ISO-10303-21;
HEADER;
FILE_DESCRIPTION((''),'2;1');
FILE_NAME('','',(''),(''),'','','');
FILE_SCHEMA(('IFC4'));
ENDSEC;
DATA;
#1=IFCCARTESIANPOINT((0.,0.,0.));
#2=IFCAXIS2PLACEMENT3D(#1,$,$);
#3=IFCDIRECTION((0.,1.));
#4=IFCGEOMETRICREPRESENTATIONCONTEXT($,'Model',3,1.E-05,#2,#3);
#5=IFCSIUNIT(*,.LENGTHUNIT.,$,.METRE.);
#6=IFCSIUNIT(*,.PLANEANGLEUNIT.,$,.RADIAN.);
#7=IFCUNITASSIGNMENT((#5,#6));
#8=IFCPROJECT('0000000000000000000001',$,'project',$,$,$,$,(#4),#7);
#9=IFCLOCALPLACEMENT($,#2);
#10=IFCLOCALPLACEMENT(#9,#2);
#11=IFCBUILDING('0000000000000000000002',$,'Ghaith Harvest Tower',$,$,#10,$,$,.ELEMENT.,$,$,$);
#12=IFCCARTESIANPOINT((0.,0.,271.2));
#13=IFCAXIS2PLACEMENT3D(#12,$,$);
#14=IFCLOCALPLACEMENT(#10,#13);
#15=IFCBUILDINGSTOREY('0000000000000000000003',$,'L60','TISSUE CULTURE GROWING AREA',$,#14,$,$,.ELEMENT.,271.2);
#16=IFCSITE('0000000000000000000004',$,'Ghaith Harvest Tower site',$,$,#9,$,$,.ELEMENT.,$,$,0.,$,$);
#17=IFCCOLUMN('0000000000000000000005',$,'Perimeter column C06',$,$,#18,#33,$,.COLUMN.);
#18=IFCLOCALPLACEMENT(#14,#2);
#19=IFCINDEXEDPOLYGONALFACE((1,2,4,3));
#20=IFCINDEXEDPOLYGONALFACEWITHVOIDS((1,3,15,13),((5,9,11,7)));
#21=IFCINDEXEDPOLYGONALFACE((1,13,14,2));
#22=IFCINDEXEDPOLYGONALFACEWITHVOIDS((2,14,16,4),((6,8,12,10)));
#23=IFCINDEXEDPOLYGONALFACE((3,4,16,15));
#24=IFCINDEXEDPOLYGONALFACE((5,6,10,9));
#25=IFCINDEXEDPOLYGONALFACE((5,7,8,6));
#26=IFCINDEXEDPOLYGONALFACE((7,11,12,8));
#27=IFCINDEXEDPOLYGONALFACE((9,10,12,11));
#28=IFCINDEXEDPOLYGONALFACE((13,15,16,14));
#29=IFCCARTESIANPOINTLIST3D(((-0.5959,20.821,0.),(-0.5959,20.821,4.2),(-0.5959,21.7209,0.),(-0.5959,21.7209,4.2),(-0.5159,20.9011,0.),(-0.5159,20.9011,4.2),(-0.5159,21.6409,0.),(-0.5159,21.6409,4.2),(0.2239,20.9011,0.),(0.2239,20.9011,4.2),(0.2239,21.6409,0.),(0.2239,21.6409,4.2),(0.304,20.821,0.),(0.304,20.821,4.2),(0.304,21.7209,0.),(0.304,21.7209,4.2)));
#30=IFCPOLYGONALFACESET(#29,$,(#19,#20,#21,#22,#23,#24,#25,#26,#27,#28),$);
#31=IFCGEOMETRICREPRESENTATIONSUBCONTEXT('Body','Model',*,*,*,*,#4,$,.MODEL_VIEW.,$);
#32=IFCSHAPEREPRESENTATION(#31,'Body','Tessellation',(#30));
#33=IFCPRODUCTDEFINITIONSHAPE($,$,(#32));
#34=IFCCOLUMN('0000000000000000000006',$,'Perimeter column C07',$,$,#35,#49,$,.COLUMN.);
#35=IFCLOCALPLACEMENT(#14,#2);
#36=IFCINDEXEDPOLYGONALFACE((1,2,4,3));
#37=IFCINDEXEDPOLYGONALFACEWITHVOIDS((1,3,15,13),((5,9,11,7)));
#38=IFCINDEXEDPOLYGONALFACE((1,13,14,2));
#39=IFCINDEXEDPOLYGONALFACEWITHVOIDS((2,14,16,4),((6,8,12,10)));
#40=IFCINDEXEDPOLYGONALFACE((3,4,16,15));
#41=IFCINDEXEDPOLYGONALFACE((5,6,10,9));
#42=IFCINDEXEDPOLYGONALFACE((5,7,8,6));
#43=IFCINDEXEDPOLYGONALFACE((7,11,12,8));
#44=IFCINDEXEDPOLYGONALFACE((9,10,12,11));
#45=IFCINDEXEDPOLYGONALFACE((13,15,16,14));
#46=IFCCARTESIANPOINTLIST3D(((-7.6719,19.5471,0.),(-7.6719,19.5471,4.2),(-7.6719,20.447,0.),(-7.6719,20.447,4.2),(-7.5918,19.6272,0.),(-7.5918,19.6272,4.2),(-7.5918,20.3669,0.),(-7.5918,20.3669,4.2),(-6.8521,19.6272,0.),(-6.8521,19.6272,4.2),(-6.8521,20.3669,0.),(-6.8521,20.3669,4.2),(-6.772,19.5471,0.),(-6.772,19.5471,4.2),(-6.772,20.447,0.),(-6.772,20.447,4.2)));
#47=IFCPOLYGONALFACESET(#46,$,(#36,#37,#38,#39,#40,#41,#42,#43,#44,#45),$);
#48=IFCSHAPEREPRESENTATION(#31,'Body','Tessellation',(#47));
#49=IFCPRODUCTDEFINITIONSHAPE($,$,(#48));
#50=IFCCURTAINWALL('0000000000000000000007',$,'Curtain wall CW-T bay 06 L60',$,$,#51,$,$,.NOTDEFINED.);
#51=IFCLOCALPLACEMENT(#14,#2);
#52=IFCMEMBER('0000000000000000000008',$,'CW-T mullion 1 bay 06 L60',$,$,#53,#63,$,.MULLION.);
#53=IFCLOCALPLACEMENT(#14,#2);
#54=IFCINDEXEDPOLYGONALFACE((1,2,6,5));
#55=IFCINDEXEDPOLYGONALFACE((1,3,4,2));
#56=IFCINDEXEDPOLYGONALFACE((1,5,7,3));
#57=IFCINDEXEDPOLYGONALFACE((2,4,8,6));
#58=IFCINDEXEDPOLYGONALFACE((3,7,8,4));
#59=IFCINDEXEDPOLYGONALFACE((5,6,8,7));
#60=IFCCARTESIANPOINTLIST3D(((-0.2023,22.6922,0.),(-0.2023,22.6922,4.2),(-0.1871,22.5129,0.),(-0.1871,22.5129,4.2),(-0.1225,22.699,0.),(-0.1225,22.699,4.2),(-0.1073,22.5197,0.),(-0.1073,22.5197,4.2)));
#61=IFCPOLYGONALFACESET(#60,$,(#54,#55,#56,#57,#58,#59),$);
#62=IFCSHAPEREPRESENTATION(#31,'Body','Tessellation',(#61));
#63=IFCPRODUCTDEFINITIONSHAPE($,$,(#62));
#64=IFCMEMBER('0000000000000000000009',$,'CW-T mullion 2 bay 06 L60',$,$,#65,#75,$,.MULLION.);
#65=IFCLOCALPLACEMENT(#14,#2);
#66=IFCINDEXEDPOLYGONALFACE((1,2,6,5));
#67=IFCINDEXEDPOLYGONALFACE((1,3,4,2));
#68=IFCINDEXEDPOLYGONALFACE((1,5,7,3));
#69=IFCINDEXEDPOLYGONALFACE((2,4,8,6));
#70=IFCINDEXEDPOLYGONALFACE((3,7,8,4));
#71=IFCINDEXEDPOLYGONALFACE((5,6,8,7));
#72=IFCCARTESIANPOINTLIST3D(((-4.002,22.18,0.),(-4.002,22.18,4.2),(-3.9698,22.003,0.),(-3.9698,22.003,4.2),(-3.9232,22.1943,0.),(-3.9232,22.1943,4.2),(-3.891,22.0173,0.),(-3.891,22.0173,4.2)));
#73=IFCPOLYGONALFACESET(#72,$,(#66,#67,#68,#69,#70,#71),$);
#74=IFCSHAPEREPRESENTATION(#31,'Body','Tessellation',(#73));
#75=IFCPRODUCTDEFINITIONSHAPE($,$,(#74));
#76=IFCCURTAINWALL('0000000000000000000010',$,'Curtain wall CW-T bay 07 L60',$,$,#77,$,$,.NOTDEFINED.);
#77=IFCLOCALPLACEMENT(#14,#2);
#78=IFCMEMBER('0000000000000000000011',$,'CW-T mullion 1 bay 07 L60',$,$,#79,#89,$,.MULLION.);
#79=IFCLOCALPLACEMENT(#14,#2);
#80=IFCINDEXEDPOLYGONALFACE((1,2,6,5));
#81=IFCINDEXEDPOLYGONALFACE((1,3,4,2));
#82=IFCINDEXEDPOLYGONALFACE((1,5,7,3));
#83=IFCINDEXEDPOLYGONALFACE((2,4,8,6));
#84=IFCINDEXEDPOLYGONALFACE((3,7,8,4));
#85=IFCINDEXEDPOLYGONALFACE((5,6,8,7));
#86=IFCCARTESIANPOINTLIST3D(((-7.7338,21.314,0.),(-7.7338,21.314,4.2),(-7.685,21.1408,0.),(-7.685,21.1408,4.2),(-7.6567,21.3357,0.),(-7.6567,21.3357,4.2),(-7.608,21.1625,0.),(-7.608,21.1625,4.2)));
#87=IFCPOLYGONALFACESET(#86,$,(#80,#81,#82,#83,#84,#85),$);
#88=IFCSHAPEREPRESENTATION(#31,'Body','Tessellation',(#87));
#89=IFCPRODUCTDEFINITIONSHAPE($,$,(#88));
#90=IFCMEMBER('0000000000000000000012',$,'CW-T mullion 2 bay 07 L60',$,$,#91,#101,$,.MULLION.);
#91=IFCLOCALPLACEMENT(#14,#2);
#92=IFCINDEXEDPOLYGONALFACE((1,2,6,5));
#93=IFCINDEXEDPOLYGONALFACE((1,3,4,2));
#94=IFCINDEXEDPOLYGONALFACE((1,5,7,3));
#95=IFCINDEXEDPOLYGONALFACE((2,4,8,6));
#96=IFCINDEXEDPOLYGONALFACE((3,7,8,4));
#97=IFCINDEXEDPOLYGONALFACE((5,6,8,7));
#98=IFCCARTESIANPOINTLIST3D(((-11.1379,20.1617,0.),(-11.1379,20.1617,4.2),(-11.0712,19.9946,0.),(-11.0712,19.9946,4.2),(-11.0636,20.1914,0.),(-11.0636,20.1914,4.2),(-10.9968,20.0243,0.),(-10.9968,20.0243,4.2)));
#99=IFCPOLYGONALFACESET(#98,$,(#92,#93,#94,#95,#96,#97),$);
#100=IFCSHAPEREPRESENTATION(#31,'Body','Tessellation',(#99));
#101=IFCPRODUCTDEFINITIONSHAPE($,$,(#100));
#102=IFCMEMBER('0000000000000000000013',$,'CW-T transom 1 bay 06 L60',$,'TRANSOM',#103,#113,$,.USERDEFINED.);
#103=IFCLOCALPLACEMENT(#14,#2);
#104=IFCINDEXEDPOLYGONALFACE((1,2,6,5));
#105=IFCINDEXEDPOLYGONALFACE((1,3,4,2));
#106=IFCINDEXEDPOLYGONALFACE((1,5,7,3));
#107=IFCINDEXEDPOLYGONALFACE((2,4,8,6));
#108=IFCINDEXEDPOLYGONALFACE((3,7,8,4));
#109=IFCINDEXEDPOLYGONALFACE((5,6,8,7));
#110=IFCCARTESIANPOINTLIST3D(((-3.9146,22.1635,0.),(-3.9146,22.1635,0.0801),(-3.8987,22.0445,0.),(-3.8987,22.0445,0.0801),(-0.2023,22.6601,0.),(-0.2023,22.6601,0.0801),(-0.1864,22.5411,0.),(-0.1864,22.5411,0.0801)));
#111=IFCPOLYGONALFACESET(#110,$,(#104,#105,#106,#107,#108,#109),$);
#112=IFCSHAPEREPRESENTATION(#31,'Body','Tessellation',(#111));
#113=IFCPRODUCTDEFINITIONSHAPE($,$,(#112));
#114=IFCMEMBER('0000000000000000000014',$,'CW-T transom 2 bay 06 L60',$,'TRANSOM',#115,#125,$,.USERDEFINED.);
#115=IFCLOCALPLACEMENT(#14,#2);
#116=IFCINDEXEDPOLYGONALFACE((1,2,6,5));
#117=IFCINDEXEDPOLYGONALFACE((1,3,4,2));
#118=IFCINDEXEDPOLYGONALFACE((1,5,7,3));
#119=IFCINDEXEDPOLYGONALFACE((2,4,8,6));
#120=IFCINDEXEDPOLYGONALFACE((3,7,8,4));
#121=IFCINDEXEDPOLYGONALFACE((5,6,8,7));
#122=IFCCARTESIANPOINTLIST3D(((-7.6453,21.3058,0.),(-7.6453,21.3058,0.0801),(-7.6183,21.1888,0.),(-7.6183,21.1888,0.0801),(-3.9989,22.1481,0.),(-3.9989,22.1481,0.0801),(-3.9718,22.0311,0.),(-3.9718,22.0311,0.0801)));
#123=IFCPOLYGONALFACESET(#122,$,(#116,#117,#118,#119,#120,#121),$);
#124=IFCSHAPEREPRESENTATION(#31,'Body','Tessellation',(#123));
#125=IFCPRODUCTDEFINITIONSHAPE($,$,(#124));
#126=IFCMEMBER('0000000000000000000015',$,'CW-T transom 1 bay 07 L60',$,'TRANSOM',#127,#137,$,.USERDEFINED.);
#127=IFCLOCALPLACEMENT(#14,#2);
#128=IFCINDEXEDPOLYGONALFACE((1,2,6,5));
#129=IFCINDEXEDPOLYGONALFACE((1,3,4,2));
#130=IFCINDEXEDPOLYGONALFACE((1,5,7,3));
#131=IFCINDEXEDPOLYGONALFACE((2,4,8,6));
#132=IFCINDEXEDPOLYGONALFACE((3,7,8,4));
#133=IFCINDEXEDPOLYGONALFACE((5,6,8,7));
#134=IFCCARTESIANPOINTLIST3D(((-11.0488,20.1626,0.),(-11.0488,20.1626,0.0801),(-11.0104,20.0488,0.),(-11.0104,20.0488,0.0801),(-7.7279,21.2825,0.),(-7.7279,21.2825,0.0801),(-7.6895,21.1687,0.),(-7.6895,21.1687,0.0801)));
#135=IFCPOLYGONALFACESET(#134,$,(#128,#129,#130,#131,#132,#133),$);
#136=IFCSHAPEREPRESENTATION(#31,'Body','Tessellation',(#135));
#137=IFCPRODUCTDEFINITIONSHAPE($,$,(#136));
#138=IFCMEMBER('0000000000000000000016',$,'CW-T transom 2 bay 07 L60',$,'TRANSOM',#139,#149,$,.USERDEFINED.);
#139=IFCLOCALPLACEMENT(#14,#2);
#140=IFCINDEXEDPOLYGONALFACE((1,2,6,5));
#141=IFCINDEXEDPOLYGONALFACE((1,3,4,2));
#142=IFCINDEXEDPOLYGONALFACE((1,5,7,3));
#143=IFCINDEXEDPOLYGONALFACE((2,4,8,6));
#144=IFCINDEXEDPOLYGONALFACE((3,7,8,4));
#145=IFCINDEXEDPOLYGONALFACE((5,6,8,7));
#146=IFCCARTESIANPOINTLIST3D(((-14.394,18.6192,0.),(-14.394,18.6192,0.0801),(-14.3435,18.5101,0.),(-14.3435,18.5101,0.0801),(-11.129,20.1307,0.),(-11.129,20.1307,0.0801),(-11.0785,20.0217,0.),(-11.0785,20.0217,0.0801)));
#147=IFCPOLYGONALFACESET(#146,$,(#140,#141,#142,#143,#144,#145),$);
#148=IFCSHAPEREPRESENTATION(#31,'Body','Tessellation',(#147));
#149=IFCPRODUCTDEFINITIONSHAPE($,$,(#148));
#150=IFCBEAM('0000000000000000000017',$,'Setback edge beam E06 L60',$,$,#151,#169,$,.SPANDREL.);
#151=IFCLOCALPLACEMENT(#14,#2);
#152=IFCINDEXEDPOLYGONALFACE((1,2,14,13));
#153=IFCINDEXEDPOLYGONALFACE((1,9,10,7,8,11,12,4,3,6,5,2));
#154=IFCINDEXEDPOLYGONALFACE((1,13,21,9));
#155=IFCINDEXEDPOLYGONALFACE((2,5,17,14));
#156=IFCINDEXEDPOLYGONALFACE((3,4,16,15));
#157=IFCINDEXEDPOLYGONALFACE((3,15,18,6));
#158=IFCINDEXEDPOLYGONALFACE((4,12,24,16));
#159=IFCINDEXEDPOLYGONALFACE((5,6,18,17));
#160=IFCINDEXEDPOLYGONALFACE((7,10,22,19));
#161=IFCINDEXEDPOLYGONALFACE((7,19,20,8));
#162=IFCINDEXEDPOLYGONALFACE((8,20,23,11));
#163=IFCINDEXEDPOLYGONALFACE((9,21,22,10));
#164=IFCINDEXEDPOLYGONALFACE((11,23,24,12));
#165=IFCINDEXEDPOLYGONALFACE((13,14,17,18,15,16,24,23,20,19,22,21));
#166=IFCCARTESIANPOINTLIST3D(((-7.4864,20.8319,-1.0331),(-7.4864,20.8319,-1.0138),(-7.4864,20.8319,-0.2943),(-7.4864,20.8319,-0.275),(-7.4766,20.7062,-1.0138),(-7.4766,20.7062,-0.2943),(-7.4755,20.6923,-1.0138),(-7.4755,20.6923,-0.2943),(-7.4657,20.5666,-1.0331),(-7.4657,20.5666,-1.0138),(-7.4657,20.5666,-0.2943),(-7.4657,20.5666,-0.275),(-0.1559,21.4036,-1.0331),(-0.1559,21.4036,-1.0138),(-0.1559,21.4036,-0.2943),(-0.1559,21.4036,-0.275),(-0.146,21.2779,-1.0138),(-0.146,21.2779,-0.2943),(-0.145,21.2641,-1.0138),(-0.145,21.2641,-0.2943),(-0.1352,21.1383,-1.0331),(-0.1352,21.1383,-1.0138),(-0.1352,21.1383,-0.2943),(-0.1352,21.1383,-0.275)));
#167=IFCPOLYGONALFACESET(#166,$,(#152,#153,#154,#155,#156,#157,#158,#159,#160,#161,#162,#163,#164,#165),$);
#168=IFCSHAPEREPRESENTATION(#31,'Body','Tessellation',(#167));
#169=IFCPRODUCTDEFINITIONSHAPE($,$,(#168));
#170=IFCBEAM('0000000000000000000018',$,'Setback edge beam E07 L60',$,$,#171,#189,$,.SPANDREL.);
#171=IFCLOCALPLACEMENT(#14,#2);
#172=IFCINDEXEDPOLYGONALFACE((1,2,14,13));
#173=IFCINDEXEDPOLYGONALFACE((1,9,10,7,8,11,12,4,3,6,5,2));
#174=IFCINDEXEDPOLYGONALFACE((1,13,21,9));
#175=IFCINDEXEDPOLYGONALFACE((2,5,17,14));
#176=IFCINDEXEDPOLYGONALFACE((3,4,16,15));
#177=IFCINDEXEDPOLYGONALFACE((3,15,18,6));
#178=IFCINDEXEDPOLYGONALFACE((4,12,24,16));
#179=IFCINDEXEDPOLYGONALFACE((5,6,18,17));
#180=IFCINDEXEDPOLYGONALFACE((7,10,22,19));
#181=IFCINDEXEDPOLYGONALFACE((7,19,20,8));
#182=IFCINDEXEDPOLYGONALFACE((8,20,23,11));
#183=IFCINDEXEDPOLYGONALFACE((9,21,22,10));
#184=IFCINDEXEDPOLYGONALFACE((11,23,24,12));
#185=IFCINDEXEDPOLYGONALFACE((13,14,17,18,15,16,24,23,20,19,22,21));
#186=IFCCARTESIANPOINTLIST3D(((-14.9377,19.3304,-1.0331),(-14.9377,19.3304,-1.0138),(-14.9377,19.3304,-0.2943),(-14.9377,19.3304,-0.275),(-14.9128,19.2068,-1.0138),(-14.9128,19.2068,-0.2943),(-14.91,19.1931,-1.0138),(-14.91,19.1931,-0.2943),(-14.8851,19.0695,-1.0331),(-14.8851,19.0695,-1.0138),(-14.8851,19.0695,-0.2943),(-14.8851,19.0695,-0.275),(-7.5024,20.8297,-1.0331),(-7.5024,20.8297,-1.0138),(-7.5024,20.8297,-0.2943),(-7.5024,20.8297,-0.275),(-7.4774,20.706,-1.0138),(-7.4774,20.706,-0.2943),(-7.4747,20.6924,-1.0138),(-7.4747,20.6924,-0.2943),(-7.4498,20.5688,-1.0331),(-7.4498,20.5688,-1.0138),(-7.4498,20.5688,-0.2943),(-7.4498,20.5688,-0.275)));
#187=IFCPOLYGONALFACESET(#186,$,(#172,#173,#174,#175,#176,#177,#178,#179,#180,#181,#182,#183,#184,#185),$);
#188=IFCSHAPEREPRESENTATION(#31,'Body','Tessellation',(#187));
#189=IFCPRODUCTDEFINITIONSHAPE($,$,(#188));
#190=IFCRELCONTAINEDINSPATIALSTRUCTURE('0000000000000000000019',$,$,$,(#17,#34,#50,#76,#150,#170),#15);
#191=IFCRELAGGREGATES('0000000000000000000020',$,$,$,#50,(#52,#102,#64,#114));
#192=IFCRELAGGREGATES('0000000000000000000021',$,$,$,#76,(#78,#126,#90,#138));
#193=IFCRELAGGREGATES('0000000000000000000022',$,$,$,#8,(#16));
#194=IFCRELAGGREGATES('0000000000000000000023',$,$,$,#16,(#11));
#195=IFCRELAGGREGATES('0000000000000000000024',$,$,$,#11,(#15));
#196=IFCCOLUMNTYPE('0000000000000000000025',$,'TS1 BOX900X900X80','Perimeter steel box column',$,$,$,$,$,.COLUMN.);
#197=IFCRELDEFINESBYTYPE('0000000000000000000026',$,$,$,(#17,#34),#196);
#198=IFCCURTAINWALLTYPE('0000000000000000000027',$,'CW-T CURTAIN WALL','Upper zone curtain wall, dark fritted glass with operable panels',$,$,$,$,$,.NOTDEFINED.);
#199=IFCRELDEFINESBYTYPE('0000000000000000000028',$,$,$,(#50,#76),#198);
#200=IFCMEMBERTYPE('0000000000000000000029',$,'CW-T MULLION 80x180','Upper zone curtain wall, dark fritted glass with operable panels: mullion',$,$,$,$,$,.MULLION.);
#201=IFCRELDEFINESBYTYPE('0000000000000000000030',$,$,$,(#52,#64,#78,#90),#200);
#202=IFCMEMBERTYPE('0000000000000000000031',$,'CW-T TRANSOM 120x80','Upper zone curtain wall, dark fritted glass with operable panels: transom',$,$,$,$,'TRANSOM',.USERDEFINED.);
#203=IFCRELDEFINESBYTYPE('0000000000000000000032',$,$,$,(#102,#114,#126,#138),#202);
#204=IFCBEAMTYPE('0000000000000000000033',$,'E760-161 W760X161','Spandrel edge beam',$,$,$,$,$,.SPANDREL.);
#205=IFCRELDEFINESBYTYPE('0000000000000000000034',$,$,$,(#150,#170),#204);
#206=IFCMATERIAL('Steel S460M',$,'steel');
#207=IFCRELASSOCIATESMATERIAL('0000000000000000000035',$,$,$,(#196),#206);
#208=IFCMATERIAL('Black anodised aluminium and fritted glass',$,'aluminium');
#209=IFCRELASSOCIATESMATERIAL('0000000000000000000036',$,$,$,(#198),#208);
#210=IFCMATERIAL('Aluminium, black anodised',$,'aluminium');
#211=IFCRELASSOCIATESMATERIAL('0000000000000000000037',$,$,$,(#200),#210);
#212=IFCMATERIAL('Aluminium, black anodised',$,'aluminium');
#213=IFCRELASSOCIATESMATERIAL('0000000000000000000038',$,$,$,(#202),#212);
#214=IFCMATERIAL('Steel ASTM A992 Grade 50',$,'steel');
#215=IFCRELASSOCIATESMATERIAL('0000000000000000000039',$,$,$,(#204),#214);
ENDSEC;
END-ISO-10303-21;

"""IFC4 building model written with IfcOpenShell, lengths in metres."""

from ifc_helpers import new_model, si_unit, direction, frame, origin, origin_2d, place, context, subcontext, project, spatial, rectangle, hollow_rectangle, i_section, extrude, material, material_profile, profile_set, type_object, element, aggregate, save


model = new_model("IFC4")

# Units and contexts
model_context = context("Model", 3, precision=1e-05, world=origin(), true_north=direction((0.0, 1.0)))
body_context = subcontext(model_context, "Body", "Model", "MODEL_VIEW")
ifc_project = project(units=[si_unit("LENGTHUNIT", "METRE"), si_unit("PLANEANGLEUNIT", "RADIAN")], contexts=[model_context])

# Site, building, storey
site_placement = place(None, origin())
site = spatial("IfcSite", under=ifc_project, at=site_placement, Name="Ghaith Harvest Tower site", CompositionType="ELEMENT", RefElevation=0.0)
building_placement = place(site_placement, origin())
building = spatial("IfcBuilding", under=site, at=building_placement, Name="Ghaith Harvest Tower", CompositionType="ELEMENT")
storey_placement = place(building_placement, frame((0.0, 0.0, 271.2)))
storey = spatial("IfcBuildingStorey", under=building, at=storey_placement, Name="L60", Description="TISSUE CULTURE GROWING AREA", CompositionType="ELEMENT", Elevation=271.2)

# Columns
ifc_material_1 = material(Name="Steel S460M", Category="steel")
ifc_material_profile_1 = material_profile(ifc_material_1, hollow_rectangle(XDim=0.8999, YDim=0.8999, WallThickness=0.0801, at=origin_2d()), Name="BOX900X900X80")
ifc_profile_set_1 = profile_set([ifc_material_profile_1], Name="Steel S460M")
column_type = type_object("IfcColumnType", Name="TS1 BOX900X900X80", Description="Perimeter steel box column", PredefinedType="COLUMN", material=ifc_profile_set_1)
for number, where, z_axis, x_axis, name in (
    (1, (-0.146, 21.271, 0.0), (0.0, 0.0, 1.0), (1.0, 0.0, 0.0), "Perimeter column C06"),
    (2, (-7.2219, 19.9971, 0.0), (0.0, 0.0, 1.0), (1.0, 0.0, 0.0), "Perimeter column C07"),
):
    element("IfcColumn", number, at=place(storey_placement, frame(where, z_axis=z_axis, x_axis=x_axis)), inside=storey, type_object=column_type, Name=name, PredefinedType="COLUMN", context=body_context, shape_type="SweptSolid", body=[
        extrude(hollow_rectangle(XDim=0.8999, YDim=0.8999, WallThickness=0.0801, at=origin_2d()), origin(), (0.0, 0.0, 1.0), 4.2),
    ])

# Curtain walls, members
ifc_material_2 = material(Name="Black anodised aluminium and fritted glass", Category="aluminium")
curtain_wall_type = type_object("IfcCurtainWallType", Name="CW-T CURTAIN WALL", Description="Upper zone curtain wall, dark fritted glass with operable panels", PredefinedType="NOTDEFINED", material=ifc_material_2)
curtain_wall_1_placement = place(storey_placement, origin())
curtain_wall_1 = element("IfcCurtainWall", 3, at=curtain_wall_1_placement, inside=storey, type_object=curtain_wall_type, Name="Curtain wall CW-T bay 06 L60", PredefinedType="NOTDEFINED")
ifc_material_3 = material(Name="Aluminium, black anodised", Category="aluminium")
ifc_material_profile_2 = material_profile(ifc_material_3, rectangle(XDim=0.0801, YDim=0.1799, at=origin_2d()), Name="CW-T MULLION 80x180")
ifc_profile_set_2 = profile_set([ifc_material_profile_2], Name="Aluminium, black anodised")
member_type_1 = type_object("IfcMemberType", Name="CW-T MULLION 80x180", Description="Upper zone curtain wall, dark fritted glass with operable panels: mullion", PredefinedType="MULLION", material=ifc_profile_set_2)
member_1_placement = place(storey_placement, frame((-0.1548, 22.606, 0.0), z_axis=(0.0, 0.0, 1.0), x_axis=(-0.996415, -0.084602, 0.0)))
member_1 = element("IfcMember", 4, at=member_1_placement, type_object=member_type_1, Name="CW-T mullion 1 bay 06 L60", PredefinedType="MULLION", context=body_context, shape_type="SweptSolid", body=[
    extrude(rectangle(XDim=0.0801, YDim=0.1799, at=origin_2d()), origin(), (0.0, 0.0, 1.0), 4.2),
])
member_2_placement = place(storey_placement, frame((-3.9465, 22.0986, 0.0), z_axis=(0.0, 0.0, 1.0), x_axis=(-0.983843, -0.179031, 0.0)))
member_2 = element("IfcMember", 5, at=member_2_placement, type_object=member_type_1, Name="CW-T mullion 2 bay 06 L60", PredefinedType="MULLION", context=body_context, shape_type="SweptSolid", body=[
    extrude(rectangle(XDim=0.0801, YDim=0.1799, at=origin_2d()), origin(), (0.0, 0.0, 1.0), 4.2),
])
curtain_wall_2_placement = place(storey_placement, origin())
curtain_wall_2 = element("IfcCurtainWall", 6, at=curtain_wall_2_placement, inside=storey, type_object=curtain_wall_type, Name="Curtain wall CW-T bay 07 L60", PredefinedType="NOTDEFINED")
member_3_placement = place(storey_placement, frame((-7.6709, 21.2383, 0.0), z_axis=(0.0, 0.0, 1.0), x_axis=(-0.962552, -0.271095, 0.0)))
member_3 = element("IfcMember", 7, at=member_3_placement, type_object=member_type_1, Name="CW-T mullion 1 bay 07 L60", PredefinedType="MULLION", context=body_context, shape_type="SweptSolid", body=[
    extrude(rectangle(XDim=0.0801, YDim=0.1799, at=origin_2d()), origin(), (0.0, 0.0, 1.0), 4.2),
])
member_4_placement = place(storey_placement, frame((-11.0674, 20.093, 0.0), z_axis=(0.0, 0.0, 1.0), x_axis=(-0.928624, -0.371021, 0.0)))
member_4 = element("IfcMember", 8, at=member_4_placement, type_object=member_type_1, Name="CW-T mullion 2 bay 07 L60", PredefinedType="MULLION", context=body_context, shape_type="SweptSolid", body=[
    extrude(rectangle(XDim=0.0801, YDim=0.1799, at=origin_2d()), origin(), (0.0, 0.0, 1.0), 4.2),
])

# Members
ifc_material_4 = material(Name="Aluminium, black anodised", Category="aluminium")
ifc_material_profile_3 = material_profile(ifc_material_4, rectangle(XDim=0.1201, YDim=0.0801, at=origin_2d()), Name="CW-T TRANSOM 120x80")
ifc_profile_set_3 = profile_set([ifc_material_profile_3], Name="Aluminium, black anodised")
member_type_2 = type_object("IfcMemberType", Name="CW-T TRANSOM 120x80", Description="Upper zone curtain wall, dark fritted glass with operable panels: transom", ElementType="TRANSOM", PredefinedType="USERDEFINED", material=ifc_profile_set_3)
member_5_placement = place(storey_placement, frame((-0.1943, 22.6006, 0.04), z_axis=(-0.991172, -0.132582, 0.0), x_axis=(0.132582, -0.991172, 0.0)))
member_5 = element("IfcMember", 9, at=member_5_placement, type_object=member_type_2, Name="CW-T transom 1 bay 06 L60", ObjectType="TRANSOM", PredefinedType="USERDEFINED", context=body_context, shape_type="SweptSolid", body=[
    extrude(rectangle(XDim=0.1201, YDim=0.0801, at=origin_2d()), origin(), (0.0, 0.0, 1.0), 3.7454),
])
member_6_placement = place(storey_placement, frame((-3.9854, 22.0896, 0.04), z_axis=(-0.974345, -0.22506, 0.0), x_axis=(0.22506, -0.974345, 0.0)))
member_6 = element("IfcMember", 10, at=member_6_placement, type_object=member_type_2, Name="CW-T transom 2 bay 06 L60", ObjectType="TRANSOM", PredefinedType="USERDEFINED", context=body_context, shape_type="SweptSolid", body=[
    extrude(rectangle(XDim=0.1201, YDim=0.0801, at=origin_2d()), origin(), (0.0, 0.0, 1.0), 3.7424),
])
member_7_placement = place(storey_placement, frame((-7.7087, 21.2256, 0.04), z_axis=(-0.94757, -0.319549, 0.0), x_axis=(0.319549, -0.94757, 0.0)))
member_7 = element("IfcMember", 11, at=member_7_placement, type_object=member_type_2, Name="CW-T transom 1 bay 07 L60", ObjectType="TRANSOM", PredefinedType="USERDEFINED", context=body_context, shape_type="SweptSolid", body=[
    extrude(rectangle(XDim=0.1201, YDim=0.0801, at=origin_2d()), origin(), (0.0, 0.0, 1.0), 3.5046),
])
member_8_placement = place(storey_placement, frame((-11.1038, 20.0762, 0.04), z_axis=(-0.907472, -0.420112, 0.0), x_axis=(0.420112, -0.907472, 0.0)))
member_8 = element("IfcMember", 12, at=member_8_placement, type_object=member_type_2, Name="CW-T transom 2 bay 07 L60", ObjectType="TRANSOM", PredefinedType="USERDEFINED", context=body_context, shape_type="SweptSolid", body=[
    extrude(rectangle(XDim=0.1201, YDim=0.0801, at=origin_2d()), origin(), (0.0, 0.0, 1.0), 3.5979),
])

# Beams
ifc_material_5 = material(Name="Steel ASTM A992 Grade 50", Category="steel")
ifc_material_profile_4 = material_profile(ifc_material_5, i_section(OverallWidth=0.2661, OverallDepth=0.7581, WebThickness=0.0139, FlangeThickness=0.0193, at=origin_2d()), Name="W760X161")
ifc_profile_set_4 = profile_set([ifc_material_profile_4], Name="Steel ASTM A992 Grade 50")
beam_type_1 = type_object("IfcBeamType", Name="E760-161 W760X161", Description="Spandrel edge beam", PredefinedType="SPANDREL", material=ifc_profile_set_4)
beam_1_placement = place(storey_placement, frame((-0.1455, 21.271, -0.6541), z_axis=(-0.996972, -0.077763, 0.0), x_axis=(0.077763, -0.996972, 0.0)))
element("IfcBeam", 13, at=beam_1_placement, inside=storey, type_object=beam_type_1, Name="Setback edge beam E06 L60", PredefinedType="SPANDREL", context=body_context, shape_type="SweptSolid", body=[
    extrude(i_section(OverallWidth=0.2661, OverallDepth=0.7581, WebThickness=0.0139, FlangeThickness=0.0193, at=origin_2d()), origin(), (0.0, 0.0, 1.0), 7.3528),
])
beam_2_placement = place(storey_placement, frame((-7.4761, 20.6992, -0.6541), z_axis=(-0.98027, -0.197663, 0.0), x_axis=(0.197663, -0.98027, 0.0)))
element("IfcBeam", 14, at=beam_2_placement, inside=storey, type_object=beam_type_1, Name="Setback edge beam E07 L60", PredefinedType="SPANDREL", context=body_context, shape_type="SweptSolid", body=[
    extrude(i_section(OverallWidth=0.2661, OverallDepth=0.7581, WebThickness=0.0139, FlangeThickness=0.0193, at=origin_2d()), origin(), (0.0, 0.0, 1.0), 7.585),
])

aggregate(curtain_wall_1, [member_1, member_5, member_2, member_6])
aggregate(curtain_wall_2, [member_3, member_7, member_4, member_8])

save(model, "model.ifc")
